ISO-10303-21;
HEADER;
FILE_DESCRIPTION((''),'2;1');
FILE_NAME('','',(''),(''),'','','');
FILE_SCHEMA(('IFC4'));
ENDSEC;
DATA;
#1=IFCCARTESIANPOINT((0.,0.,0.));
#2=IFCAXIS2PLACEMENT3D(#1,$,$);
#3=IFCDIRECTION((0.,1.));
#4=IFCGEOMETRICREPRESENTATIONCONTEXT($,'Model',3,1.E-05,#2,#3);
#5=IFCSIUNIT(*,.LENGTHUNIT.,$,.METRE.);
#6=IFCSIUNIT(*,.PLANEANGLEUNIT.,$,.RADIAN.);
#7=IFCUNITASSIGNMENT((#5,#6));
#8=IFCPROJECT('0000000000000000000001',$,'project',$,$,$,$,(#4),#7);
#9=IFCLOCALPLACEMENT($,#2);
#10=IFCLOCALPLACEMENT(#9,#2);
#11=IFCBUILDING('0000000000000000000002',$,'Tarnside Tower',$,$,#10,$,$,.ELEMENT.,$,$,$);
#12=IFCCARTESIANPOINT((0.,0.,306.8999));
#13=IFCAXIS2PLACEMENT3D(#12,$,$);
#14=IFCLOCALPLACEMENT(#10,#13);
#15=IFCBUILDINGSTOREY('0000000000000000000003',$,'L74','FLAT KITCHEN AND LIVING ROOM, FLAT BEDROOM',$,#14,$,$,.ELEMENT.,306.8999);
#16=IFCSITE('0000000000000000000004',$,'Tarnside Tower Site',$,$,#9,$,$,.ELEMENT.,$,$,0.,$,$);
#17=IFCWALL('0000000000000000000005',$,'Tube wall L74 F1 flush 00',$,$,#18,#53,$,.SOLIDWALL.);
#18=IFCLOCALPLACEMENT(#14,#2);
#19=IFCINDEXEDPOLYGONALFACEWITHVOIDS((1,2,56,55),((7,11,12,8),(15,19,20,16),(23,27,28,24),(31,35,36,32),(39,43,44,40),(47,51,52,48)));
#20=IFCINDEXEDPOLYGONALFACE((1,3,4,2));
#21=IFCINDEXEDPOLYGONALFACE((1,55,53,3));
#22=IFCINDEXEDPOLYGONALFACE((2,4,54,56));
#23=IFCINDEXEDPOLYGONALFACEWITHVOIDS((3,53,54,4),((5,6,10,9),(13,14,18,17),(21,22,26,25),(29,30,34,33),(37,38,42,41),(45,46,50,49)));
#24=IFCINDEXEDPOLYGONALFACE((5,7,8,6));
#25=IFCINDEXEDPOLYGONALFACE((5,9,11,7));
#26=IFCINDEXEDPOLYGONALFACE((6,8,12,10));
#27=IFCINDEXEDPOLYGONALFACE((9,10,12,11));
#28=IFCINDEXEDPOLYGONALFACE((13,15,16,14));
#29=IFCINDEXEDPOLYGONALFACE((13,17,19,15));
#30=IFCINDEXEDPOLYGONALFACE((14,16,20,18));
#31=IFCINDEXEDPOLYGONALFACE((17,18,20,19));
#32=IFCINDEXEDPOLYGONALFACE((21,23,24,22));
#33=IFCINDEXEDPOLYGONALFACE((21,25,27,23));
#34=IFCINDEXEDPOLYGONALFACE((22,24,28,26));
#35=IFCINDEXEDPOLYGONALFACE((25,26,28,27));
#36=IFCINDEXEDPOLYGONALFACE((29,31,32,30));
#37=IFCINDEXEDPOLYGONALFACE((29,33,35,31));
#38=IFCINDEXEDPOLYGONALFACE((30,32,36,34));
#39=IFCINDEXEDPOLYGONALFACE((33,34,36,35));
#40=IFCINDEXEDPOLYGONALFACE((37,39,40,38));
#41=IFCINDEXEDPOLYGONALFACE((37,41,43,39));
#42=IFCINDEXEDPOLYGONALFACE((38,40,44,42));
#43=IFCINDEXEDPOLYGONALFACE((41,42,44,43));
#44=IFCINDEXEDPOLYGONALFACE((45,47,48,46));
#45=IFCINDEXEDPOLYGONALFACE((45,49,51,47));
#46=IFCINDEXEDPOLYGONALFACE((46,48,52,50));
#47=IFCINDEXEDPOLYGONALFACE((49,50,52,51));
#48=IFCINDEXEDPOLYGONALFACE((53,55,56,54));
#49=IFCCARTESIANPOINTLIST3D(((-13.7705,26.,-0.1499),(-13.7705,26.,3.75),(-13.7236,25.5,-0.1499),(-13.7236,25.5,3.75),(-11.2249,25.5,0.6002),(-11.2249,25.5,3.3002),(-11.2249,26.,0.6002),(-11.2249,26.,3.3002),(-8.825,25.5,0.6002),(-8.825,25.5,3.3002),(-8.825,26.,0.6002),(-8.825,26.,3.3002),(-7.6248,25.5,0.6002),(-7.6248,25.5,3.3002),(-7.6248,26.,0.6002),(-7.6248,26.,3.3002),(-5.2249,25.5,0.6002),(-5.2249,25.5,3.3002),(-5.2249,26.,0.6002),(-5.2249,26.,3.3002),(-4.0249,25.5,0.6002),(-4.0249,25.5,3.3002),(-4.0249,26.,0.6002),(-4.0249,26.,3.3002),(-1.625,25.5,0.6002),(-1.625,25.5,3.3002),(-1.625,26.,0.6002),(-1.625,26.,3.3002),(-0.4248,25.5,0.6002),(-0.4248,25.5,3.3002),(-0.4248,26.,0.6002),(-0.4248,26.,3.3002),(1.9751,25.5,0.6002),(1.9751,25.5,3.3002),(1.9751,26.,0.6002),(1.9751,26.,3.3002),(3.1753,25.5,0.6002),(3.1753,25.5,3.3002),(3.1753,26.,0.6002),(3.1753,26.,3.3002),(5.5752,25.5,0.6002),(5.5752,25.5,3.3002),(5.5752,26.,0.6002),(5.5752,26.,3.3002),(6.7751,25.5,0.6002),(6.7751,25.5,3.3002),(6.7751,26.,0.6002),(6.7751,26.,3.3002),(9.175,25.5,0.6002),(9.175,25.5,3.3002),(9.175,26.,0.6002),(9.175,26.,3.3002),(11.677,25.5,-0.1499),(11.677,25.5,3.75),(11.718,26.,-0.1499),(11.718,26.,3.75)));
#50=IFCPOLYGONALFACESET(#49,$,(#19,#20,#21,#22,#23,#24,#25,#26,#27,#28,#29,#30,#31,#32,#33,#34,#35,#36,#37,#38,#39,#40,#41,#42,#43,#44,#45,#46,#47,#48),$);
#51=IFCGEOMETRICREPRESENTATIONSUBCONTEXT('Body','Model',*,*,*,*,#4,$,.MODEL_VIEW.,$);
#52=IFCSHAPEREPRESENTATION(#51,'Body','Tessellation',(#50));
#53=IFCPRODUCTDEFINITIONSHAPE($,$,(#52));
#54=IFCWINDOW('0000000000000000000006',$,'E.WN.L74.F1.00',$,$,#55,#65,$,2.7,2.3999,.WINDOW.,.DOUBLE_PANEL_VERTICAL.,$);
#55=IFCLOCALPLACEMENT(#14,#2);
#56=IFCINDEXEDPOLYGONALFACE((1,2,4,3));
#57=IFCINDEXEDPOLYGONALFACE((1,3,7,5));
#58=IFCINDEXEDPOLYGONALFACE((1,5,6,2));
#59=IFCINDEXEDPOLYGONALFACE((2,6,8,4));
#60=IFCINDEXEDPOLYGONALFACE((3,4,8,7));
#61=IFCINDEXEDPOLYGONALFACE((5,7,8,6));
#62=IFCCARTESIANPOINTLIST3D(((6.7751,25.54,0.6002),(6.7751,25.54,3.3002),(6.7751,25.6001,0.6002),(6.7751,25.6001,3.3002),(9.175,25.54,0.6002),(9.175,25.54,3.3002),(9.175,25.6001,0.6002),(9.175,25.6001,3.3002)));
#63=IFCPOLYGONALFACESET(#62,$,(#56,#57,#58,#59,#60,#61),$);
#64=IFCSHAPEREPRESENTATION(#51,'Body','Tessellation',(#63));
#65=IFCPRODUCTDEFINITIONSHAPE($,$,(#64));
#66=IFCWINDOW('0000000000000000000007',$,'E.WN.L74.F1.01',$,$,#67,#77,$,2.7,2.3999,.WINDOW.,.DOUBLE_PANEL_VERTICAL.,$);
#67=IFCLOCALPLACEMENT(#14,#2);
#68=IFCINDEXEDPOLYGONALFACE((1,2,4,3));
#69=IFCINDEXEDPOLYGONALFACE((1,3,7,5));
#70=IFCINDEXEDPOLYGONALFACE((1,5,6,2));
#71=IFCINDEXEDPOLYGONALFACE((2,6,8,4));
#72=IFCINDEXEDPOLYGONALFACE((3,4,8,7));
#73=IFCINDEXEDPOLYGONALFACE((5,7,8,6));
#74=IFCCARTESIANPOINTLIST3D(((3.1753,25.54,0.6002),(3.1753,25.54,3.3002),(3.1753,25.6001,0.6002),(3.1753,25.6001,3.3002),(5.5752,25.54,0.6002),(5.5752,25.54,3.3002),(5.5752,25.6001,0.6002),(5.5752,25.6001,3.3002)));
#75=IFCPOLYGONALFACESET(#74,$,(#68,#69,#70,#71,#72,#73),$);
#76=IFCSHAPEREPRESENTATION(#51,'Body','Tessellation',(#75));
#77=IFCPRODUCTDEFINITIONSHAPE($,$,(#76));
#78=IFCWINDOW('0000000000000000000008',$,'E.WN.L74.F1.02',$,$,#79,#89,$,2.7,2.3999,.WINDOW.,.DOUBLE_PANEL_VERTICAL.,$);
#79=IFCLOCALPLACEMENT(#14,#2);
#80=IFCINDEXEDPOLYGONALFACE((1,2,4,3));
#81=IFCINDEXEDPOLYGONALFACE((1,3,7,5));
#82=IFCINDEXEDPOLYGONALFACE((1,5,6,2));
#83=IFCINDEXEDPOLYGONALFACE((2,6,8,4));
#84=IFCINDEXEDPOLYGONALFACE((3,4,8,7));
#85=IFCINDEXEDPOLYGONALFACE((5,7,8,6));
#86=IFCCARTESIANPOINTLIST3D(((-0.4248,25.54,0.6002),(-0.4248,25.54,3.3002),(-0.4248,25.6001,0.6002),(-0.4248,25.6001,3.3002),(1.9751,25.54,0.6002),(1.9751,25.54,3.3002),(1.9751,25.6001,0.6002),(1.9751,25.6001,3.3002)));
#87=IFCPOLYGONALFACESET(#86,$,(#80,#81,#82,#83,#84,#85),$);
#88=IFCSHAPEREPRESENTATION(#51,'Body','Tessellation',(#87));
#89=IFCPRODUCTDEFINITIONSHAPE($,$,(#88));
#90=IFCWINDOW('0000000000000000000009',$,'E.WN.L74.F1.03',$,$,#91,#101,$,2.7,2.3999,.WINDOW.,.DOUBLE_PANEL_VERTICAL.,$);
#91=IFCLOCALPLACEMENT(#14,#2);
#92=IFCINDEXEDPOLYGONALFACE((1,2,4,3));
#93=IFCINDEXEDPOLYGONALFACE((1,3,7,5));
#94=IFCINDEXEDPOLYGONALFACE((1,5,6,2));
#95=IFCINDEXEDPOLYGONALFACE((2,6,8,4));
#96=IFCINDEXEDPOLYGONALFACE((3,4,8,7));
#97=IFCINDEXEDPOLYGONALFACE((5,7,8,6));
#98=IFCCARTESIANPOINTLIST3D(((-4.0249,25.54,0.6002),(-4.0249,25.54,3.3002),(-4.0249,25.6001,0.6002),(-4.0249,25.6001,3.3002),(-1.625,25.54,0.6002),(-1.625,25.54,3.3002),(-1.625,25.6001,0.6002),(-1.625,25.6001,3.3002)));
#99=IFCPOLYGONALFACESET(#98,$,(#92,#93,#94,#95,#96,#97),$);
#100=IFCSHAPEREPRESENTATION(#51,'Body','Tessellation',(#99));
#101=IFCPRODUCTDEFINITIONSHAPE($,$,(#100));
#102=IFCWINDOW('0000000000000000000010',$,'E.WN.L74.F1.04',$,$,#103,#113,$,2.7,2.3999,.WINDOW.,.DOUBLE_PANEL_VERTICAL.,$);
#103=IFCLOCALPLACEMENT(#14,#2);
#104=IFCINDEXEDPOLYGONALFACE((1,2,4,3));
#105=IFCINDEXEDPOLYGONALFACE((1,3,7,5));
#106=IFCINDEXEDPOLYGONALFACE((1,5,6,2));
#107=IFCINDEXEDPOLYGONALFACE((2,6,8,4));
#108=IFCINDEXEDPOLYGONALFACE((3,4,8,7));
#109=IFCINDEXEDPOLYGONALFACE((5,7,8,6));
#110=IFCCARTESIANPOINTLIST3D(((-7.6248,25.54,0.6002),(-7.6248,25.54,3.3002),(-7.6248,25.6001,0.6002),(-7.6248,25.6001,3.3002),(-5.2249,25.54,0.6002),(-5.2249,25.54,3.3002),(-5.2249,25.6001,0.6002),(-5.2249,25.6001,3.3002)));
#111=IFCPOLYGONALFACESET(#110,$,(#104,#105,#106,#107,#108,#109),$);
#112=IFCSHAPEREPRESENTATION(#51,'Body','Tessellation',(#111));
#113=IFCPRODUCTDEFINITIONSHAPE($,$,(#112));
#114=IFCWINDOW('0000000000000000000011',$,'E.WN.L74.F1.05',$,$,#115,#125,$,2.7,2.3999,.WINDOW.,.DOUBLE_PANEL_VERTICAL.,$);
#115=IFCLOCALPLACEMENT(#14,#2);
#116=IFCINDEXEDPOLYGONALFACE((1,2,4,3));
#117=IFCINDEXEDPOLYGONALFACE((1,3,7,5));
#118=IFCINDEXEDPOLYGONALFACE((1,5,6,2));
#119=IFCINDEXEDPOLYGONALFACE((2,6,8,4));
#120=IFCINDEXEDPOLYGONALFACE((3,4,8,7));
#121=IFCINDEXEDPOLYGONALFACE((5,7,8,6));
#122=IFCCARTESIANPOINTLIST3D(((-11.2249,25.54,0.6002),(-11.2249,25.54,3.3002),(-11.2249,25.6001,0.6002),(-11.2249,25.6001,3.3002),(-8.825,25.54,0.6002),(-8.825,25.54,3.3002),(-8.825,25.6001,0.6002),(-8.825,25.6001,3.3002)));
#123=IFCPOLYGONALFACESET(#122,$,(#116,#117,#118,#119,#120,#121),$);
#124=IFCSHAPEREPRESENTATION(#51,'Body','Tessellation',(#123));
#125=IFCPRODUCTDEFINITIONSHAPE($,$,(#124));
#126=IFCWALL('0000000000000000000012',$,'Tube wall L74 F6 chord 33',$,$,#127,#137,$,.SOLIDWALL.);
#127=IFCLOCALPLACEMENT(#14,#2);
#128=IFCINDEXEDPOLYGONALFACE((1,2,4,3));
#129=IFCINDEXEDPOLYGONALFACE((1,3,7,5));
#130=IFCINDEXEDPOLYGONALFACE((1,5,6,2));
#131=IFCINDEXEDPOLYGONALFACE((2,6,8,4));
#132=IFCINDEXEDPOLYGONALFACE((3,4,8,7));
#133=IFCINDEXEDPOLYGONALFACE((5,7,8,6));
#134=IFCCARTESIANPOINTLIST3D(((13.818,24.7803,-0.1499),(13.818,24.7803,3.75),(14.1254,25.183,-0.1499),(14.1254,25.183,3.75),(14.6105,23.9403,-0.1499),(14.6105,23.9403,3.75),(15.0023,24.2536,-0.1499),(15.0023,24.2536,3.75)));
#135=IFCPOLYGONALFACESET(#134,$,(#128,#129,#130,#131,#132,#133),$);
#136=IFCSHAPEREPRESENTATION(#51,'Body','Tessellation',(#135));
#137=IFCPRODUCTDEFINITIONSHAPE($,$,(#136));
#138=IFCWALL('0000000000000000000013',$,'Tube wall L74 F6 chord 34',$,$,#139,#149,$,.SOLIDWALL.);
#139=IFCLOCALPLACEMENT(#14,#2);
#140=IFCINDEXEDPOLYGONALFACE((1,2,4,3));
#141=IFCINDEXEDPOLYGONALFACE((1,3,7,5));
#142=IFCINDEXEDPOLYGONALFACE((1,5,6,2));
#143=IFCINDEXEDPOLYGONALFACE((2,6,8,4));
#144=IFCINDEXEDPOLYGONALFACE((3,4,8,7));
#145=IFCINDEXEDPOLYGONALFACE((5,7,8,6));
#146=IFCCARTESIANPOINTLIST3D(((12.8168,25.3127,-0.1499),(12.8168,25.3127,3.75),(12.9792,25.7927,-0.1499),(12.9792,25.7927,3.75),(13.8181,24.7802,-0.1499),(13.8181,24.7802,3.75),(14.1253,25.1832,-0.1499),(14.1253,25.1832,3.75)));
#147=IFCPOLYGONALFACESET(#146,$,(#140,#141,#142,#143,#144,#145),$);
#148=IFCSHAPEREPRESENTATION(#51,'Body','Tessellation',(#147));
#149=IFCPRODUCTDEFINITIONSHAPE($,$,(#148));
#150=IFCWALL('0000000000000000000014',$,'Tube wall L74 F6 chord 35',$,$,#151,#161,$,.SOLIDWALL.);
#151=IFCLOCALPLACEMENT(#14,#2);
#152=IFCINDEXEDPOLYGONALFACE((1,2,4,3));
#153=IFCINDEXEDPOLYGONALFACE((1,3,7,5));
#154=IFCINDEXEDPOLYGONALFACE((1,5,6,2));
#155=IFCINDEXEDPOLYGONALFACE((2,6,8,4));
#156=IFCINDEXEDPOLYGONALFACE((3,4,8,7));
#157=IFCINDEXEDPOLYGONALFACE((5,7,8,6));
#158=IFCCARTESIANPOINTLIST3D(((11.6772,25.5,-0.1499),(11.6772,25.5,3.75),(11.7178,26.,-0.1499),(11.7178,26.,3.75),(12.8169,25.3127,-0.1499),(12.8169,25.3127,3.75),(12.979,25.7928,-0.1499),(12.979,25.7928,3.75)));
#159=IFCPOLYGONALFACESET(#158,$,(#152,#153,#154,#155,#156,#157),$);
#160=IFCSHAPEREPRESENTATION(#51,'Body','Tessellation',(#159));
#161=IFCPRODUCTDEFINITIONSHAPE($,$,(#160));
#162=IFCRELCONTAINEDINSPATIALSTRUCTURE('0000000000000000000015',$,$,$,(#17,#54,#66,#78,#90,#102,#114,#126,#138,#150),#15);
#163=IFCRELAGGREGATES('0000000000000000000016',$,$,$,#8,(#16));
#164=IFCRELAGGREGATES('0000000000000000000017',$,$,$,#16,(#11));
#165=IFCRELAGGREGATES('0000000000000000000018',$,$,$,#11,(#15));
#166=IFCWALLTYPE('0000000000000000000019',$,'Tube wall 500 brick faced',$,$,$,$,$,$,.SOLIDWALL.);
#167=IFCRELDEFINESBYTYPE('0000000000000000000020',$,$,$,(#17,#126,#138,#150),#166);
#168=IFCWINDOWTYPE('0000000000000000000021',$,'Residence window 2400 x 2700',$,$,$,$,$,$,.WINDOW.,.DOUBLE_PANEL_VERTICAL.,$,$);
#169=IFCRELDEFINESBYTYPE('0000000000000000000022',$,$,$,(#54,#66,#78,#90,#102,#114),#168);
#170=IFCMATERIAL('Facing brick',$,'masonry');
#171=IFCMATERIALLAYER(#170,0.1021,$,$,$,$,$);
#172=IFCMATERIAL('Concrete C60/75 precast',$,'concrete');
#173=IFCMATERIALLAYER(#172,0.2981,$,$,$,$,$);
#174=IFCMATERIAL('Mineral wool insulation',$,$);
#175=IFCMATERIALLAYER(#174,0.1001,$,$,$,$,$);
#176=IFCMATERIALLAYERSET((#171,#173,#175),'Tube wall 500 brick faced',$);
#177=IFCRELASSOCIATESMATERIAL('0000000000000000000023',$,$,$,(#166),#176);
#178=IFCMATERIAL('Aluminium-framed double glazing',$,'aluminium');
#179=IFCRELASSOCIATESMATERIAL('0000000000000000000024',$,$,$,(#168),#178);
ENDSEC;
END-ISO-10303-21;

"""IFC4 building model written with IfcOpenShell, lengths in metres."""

from ifc_helpers import new_model, si_unit, direction, frame, frame_2d, origin, place, context, subcontext, project, spatial, polyline, rectangle, outline, extrude, material, layer, layer_set, type_object, element, fill, save


model = new_model("IFC4")

# Units and contexts
model_context = context("Model", 3, precision=1e-05, world=origin(), true_north=direction((0.0, 1.0)))
body_context = subcontext(model_context, "Body", "Model", "MODEL_VIEW")
ifc_project = project(units=[si_unit("LENGTHUNIT", "METRE"), si_unit("PLANEANGLEUNIT", "RADIAN")], contexts=[model_context])

# Site, building, storey
site_placement = place(None, origin())
site = spatial("IfcSite", under=ifc_project, at=site_placement, Name="Tarnside Tower Site", CompositionType="ELEMENT", RefElevation=0.0)
building_placement = place(site_placement, origin())
building = spatial("IfcBuilding", under=site, at=building_placement, Name="Tarnside Tower", CompositionType="ELEMENT")
storey_placement = place(building_placement, frame((0.0, 0.0, 306.8999)))
storey = spatial("IfcBuildingStorey", under=building, at=storey_placement, Name="L74", Description="FLAT KITCHEN AND LIVING ROOM, FLAT BEDROOM", CompositionType="ELEMENT", Elevation=306.8999)

# Shared definitions
ifc_material_1 = material(Name="Concrete C60/75 precast", Category="concrete")
ifc_material_2 = material(Name="Mineral wool insulation")

# Wall, openings, windows
ifc_material_3 = material(Name="Facing brick", Category="masonry")
ifc_layer_1 = layer(ifc_material_3, 0.1021)
ifc_layer_2 = layer(ifc_material_1, 0.2981)
ifc_layer_3 = layer(ifc_material_2, 0.1001)
ifc_layer_set_1 = layer_set([ifc_layer_1, ifc_layer_2, ifc_layer_3], Name="Tube wall 500 brick faced")
wall_type_1 = type_object("IfcWallType", Name="Tube wall 500 brick faced", PredefinedType="SOLIDWALL", material=ifc_layer_set_1)
wall_1_placement = place(storey_placement, frame((11.6975, 25.75, -0.1499), z_axis=(0.0, 0.0, 1.0), x_axis=(-1.0, 0.0, 0.0)))
wall_1 = element("IfcWall", 1, at=wall_1_placement, inside=storey, type_object=wall_type_1, Name="Tube wall L74 F1 flush 00", PredefinedType="SOLIDWALL", context=body_context, shape_type="SweptSolid", body=[
    extrude(outline(polyline([(-0.0205, -0.25), (25.468, -0.25), (25.4211, 0.25), (0.0205, 0.25), (-0.0205, -0.25)])), origin(), (0.0, 0.0, 1.0), 3.8999),
])
opening_1_placement = place(wall_1_placement, frame((2.5225, 0.0, 0.75)))
opening_1 = element("IfcOpeningElement", 2, at=opening_1_placement, cuts=wall_1, PredefinedType="OPENING", context=body_context, shape_type="SweptSolid", body=[
    extrude(rectangle(XDim=2.3999, YDim=2.7, at=frame_2d((1.2, 1.3501))), frame((0.0, 0.26, 0.0), z_axis=(0.0, -1.0, 0.0), x_axis=(1.0, 0.0, 0.0)), (0.0, 0.0, 1.0), 0.52),
])
opening_2_placement = place(wall_1_placement, frame((6.1223, 0.0, 0.75)))
opening_2 = element("IfcOpeningElement", 3, at=opening_2_placement, cuts=wall_1, PredefinedType="OPENING", context=body_context, shape_type="SweptSolid", body=[
    extrude(rectangle(XDim=2.3999, YDim=2.7, at=frame_2d((1.2, 1.3501))), frame((0.0, 0.26, 0.0), z_axis=(0.0, -1.0, 0.0), x_axis=(1.0, 0.0, 0.0)), (0.0, 0.0, 1.0), 0.52),
])
opening_3_placement = place(wall_1_placement, frame((9.7224, 0.0, 0.75)))
opening_3 = element("IfcOpeningElement", 4, at=opening_3_placement, cuts=wall_1, PredefinedType="OPENING", context=body_context, shape_type="SweptSolid", body=[
    extrude(rectangle(XDim=2.3999, YDim=2.7, at=frame_2d((1.2, 1.3501))), frame((0.0, 0.26, 0.0), z_axis=(0.0, -1.0, 0.0), x_axis=(1.0, 0.0, 0.0)), (0.0, 0.0, 1.0), 0.52),
])
opening_4_placement = place(wall_1_placement, frame((13.3225, 0.0, 0.75)))
opening_4 = element("IfcOpeningElement", 5, at=opening_4_placement, cuts=wall_1, PredefinedType="OPENING", context=body_context, shape_type="SweptSolid", body=[
    extrude(rectangle(XDim=2.3999, YDim=2.7, at=frame_2d((1.2, 1.3501))), frame((0.0, 0.26, 0.0), z_axis=(0.0, -1.0, 0.0), x_axis=(1.0, 0.0, 0.0)), (0.0, 0.0, 1.0), 0.52),
])
opening_5_placement = place(wall_1_placement, frame((16.9224, 0.0, 0.75)))
opening_5 = element("IfcOpeningElement", 6, at=opening_5_placement, cuts=wall_1, PredefinedType="OPENING", context=body_context, shape_type="SweptSolid", body=[
    extrude(rectangle(XDim=2.3999, YDim=2.7, at=frame_2d((1.2, 1.3501))), frame((0.0, 0.26, 0.0), z_axis=(0.0, -1.0, 0.0), x_axis=(1.0, 0.0, 0.0)), (0.0, 0.0, 1.0), 0.52),
])
opening_6_placement = place(wall_1_placement, frame((20.5225, 0.0, 0.75)))
opening_6 = element("IfcOpeningElement", 7, at=opening_6_placement, cuts=wall_1, PredefinedType="OPENING", context=body_context, shape_type="SweptSolid", body=[
    extrude(rectangle(XDim=2.3999, YDim=2.7, at=frame_2d((1.2, 1.3501))), frame((0.0, 0.26, 0.0), z_axis=(0.0, -1.0, 0.0), x_axis=(1.0, 0.0, 0.0)), (0.0, 0.0, 1.0), 0.52),
])
ifc_material_4 = material(Name="Aluminium-framed double glazing", Category="aluminium")
window_type = type_object("IfcWindowType", Name="Residence window 2400 x 2700", PartitioningType="DOUBLE_PANEL_VERTICAL", PredefinedType="WINDOW", material=ifc_material_4)
window_1_placement = place(opening_1_placement, frame((0.0, 0.1799, 0.0)))
window_1 = element("IfcWindow", 8, at=window_1_placement, inside=storey, type_object=window_type, Name="E.WN.L74.F1.00", OverallHeight=2.7, OverallWidth=2.3999, PartitioningType="DOUBLE_PANEL_VERTICAL", PredefinedType="WINDOW", context=body_context, shape_type="SweptSolid", body=[
    extrude(rectangle(XDim=2.3999, YDim=2.7, at=frame_2d((1.2, 1.3501))), frame((0.0, 0.03, 0.0), z_axis=(0.0, -1.0, 0.0), x_axis=(1.0, 0.0, 0.0)), (0.0, 0.0, 1.0), 0.0601),
])
fill(opening_1, window_1)
window_2_placement = place(opening_2_placement, frame((0.0, 0.1799, 0.0)))
window_2 = element("IfcWindow", 9, at=window_2_placement, inside=storey, type_object=window_type, Name="E.WN.L74.F1.01", OverallHeight=2.7, OverallWidth=2.3999, PartitioningType="DOUBLE_PANEL_VERTICAL", PredefinedType="WINDOW", context=body_context, shape_type="SweptSolid", body=[
    extrude(rectangle(XDim=2.3999, YDim=2.7, at=frame_2d((1.2, 1.3501))), frame((0.0, 0.03, 0.0), z_axis=(0.0, -1.0, 0.0), x_axis=(1.0, 0.0, 0.0)), (0.0, 0.0, 1.0), 0.0601),
])
fill(opening_2, window_2)
window_3_placement = place(opening_3_placement, frame((0.0, 0.1799, 0.0)))
window_3 = element("IfcWindow", 10, at=window_3_placement, inside=storey, type_object=window_type, Name="E.WN.L74.F1.02", OverallHeight=2.7, OverallWidth=2.3999, PartitioningType="DOUBLE_PANEL_VERTICAL", PredefinedType="WINDOW", context=body_context, shape_type="SweptSolid", body=[
    extrude(rectangle(XDim=2.3999, YDim=2.7, at=frame_2d((1.2, 1.3501))), frame((0.0, 0.03, 0.0), z_axis=(0.0, -1.0, 0.0), x_axis=(1.0, 0.0, 0.0)), (0.0, 0.0, 1.0), 0.0601),
])
fill(opening_3, window_3)
window_4_placement = place(opening_4_placement, frame((0.0, 0.1799, 0.0)))
window_4 = element("IfcWindow", 11, at=window_4_placement, inside=storey, type_object=window_type, Name="E.WN.L74.F1.03", OverallHeight=2.7, OverallWidth=2.3999, PartitioningType="DOUBLE_PANEL_VERTICAL", PredefinedType="WINDOW", context=body_context, shape_type="SweptSolid", body=[
    extrude(rectangle(XDim=2.3999, YDim=2.7, at=frame_2d((1.2, 1.3501))), frame((0.0, 0.03, 0.0), z_axis=(0.0, -1.0, 0.0), x_axis=(1.0, 0.0, 0.0)), (0.0, 0.0, 1.0), 0.0601),
])
fill(opening_4, window_4)
window_5_placement = place(opening_5_placement, frame((0.0, 0.1799, 0.0)))
window_5 = element("IfcWindow", 12, at=window_5_placement, inside=storey, type_object=window_type, Name="E.WN.L74.F1.04", OverallHeight=2.7, OverallWidth=2.3999, PartitioningType="DOUBLE_PANEL_VERTICAL", PredefinedType="WINDOW", context=body_context, shape_type="SweptSolid", body=[
    extrude(rectangle(XDim=2.3999, YDim=2.7, at=frame_2d((1.2, 1.3501))), frame((0.0, 0.03, 0.0), z_axis=(0.0, -1.0, 0.0), x_axis=(1.0, 0.0, 0.0)), (0.0, 0.0, 1.0), 0.0601),
])
fill(opening_5, window_5)
window_6_placement = place(opening_6_placement, frame((0.0, 0.1799, 0.0)))
window_6 = element("IfcWindow", 13, at=window_6_placement, inside=storey, type_object=window_type, Name="E.WN.L74.F1.05", OverallHeight=2.7, OverallWidth=2.3999, PartitioningType="DOUBLE_PANEL_VERTICAL", PredefinedType="WINDOW", context=body_context, shape_type="SweptSolid", body=[
    extrude(rectangle(XDim=2.3999, YDim=2.7, at=frame_2d((1.2, 1.3501))), frame((0.0, 0.03, 0.0), z_axis=(0.0, -1.0, 0.0), x_axis=(1.0, 0.0, 0.0)), (0.0, 0.0, 1.0), 0.0601),
])
fill(opening_6, window_6)

# Walls
wall_2_placement = place(storey_placement, frame((14.8064, 24.0969, -0.1499), z_axis=(0.0, 0.0, 1.0), x_axis=(-0.686234, 0.72738, 0.0)))
element("IfcWall", 14, at=wall_2_placement, inside=storey, type_object=wall_type_1, Name="Tube wall L74 F6 chord 33", PredefinedType="SOLIDWALL", context=body_context, shape_type="SweptSolid", body=[
    extrude(outline(polyline([(-0.0205, -0.25), (1.2573, -0.25), (1.1753, 0.25), (0.0205, 0.25), (-0.0205, -0.25)])), origin(), (0.0, 0.0, 1.0), 3.8999),
])
wall_3_placement = place(storey_placement, frame((13.9717, 24.9817, -0.1499), z_axis=(0.0, 0.0, 1.0), x_axis=(-0.882902, 0.469556, 0.0)))
element("IfcWall", 15, at=wall_3_placement, inside=storey, type_object=wall_type_1, Name="Tube wall L74 F6 chord 34", PredefinedType="SOLIDWALL", context=body_context, shape_type="SweptSolid", body=[
    extrude(outline(polyline([(-0.041, -0.25), (1.2571, -0.25), (1.175, 0.25), (0.041, 0.25), (-0.041, -0.25)])), origin(), (0.0, 0.0, 1.0), 3.8999),
])
wall_4_placement = place(storey_placement, frame((12.8979, 25.5527, -0.1499), z_axis=(0.0, 0.0, 1.0), x_axis=(-0.986766, 0.162153, 0.0)))
element("IfcWall", 16, at=wall_4_placement, inside=storey, type_object=wall_type_1, Name="Tube wall L74 F6 chord 35", PredefinedType="SOLIDWALL", context=body_context, shape_type="SweptSolid", body=[
    extrude(outline(polyline([(-0.041, -0.25), (1.2371, -0.25), (1.196, 0.25), (0.041, 0.25), (-0.041, -0.25)])), origin(), (0.0, 0.0, 1.0), 3.8999),
])

save(model, "model.ifc")
